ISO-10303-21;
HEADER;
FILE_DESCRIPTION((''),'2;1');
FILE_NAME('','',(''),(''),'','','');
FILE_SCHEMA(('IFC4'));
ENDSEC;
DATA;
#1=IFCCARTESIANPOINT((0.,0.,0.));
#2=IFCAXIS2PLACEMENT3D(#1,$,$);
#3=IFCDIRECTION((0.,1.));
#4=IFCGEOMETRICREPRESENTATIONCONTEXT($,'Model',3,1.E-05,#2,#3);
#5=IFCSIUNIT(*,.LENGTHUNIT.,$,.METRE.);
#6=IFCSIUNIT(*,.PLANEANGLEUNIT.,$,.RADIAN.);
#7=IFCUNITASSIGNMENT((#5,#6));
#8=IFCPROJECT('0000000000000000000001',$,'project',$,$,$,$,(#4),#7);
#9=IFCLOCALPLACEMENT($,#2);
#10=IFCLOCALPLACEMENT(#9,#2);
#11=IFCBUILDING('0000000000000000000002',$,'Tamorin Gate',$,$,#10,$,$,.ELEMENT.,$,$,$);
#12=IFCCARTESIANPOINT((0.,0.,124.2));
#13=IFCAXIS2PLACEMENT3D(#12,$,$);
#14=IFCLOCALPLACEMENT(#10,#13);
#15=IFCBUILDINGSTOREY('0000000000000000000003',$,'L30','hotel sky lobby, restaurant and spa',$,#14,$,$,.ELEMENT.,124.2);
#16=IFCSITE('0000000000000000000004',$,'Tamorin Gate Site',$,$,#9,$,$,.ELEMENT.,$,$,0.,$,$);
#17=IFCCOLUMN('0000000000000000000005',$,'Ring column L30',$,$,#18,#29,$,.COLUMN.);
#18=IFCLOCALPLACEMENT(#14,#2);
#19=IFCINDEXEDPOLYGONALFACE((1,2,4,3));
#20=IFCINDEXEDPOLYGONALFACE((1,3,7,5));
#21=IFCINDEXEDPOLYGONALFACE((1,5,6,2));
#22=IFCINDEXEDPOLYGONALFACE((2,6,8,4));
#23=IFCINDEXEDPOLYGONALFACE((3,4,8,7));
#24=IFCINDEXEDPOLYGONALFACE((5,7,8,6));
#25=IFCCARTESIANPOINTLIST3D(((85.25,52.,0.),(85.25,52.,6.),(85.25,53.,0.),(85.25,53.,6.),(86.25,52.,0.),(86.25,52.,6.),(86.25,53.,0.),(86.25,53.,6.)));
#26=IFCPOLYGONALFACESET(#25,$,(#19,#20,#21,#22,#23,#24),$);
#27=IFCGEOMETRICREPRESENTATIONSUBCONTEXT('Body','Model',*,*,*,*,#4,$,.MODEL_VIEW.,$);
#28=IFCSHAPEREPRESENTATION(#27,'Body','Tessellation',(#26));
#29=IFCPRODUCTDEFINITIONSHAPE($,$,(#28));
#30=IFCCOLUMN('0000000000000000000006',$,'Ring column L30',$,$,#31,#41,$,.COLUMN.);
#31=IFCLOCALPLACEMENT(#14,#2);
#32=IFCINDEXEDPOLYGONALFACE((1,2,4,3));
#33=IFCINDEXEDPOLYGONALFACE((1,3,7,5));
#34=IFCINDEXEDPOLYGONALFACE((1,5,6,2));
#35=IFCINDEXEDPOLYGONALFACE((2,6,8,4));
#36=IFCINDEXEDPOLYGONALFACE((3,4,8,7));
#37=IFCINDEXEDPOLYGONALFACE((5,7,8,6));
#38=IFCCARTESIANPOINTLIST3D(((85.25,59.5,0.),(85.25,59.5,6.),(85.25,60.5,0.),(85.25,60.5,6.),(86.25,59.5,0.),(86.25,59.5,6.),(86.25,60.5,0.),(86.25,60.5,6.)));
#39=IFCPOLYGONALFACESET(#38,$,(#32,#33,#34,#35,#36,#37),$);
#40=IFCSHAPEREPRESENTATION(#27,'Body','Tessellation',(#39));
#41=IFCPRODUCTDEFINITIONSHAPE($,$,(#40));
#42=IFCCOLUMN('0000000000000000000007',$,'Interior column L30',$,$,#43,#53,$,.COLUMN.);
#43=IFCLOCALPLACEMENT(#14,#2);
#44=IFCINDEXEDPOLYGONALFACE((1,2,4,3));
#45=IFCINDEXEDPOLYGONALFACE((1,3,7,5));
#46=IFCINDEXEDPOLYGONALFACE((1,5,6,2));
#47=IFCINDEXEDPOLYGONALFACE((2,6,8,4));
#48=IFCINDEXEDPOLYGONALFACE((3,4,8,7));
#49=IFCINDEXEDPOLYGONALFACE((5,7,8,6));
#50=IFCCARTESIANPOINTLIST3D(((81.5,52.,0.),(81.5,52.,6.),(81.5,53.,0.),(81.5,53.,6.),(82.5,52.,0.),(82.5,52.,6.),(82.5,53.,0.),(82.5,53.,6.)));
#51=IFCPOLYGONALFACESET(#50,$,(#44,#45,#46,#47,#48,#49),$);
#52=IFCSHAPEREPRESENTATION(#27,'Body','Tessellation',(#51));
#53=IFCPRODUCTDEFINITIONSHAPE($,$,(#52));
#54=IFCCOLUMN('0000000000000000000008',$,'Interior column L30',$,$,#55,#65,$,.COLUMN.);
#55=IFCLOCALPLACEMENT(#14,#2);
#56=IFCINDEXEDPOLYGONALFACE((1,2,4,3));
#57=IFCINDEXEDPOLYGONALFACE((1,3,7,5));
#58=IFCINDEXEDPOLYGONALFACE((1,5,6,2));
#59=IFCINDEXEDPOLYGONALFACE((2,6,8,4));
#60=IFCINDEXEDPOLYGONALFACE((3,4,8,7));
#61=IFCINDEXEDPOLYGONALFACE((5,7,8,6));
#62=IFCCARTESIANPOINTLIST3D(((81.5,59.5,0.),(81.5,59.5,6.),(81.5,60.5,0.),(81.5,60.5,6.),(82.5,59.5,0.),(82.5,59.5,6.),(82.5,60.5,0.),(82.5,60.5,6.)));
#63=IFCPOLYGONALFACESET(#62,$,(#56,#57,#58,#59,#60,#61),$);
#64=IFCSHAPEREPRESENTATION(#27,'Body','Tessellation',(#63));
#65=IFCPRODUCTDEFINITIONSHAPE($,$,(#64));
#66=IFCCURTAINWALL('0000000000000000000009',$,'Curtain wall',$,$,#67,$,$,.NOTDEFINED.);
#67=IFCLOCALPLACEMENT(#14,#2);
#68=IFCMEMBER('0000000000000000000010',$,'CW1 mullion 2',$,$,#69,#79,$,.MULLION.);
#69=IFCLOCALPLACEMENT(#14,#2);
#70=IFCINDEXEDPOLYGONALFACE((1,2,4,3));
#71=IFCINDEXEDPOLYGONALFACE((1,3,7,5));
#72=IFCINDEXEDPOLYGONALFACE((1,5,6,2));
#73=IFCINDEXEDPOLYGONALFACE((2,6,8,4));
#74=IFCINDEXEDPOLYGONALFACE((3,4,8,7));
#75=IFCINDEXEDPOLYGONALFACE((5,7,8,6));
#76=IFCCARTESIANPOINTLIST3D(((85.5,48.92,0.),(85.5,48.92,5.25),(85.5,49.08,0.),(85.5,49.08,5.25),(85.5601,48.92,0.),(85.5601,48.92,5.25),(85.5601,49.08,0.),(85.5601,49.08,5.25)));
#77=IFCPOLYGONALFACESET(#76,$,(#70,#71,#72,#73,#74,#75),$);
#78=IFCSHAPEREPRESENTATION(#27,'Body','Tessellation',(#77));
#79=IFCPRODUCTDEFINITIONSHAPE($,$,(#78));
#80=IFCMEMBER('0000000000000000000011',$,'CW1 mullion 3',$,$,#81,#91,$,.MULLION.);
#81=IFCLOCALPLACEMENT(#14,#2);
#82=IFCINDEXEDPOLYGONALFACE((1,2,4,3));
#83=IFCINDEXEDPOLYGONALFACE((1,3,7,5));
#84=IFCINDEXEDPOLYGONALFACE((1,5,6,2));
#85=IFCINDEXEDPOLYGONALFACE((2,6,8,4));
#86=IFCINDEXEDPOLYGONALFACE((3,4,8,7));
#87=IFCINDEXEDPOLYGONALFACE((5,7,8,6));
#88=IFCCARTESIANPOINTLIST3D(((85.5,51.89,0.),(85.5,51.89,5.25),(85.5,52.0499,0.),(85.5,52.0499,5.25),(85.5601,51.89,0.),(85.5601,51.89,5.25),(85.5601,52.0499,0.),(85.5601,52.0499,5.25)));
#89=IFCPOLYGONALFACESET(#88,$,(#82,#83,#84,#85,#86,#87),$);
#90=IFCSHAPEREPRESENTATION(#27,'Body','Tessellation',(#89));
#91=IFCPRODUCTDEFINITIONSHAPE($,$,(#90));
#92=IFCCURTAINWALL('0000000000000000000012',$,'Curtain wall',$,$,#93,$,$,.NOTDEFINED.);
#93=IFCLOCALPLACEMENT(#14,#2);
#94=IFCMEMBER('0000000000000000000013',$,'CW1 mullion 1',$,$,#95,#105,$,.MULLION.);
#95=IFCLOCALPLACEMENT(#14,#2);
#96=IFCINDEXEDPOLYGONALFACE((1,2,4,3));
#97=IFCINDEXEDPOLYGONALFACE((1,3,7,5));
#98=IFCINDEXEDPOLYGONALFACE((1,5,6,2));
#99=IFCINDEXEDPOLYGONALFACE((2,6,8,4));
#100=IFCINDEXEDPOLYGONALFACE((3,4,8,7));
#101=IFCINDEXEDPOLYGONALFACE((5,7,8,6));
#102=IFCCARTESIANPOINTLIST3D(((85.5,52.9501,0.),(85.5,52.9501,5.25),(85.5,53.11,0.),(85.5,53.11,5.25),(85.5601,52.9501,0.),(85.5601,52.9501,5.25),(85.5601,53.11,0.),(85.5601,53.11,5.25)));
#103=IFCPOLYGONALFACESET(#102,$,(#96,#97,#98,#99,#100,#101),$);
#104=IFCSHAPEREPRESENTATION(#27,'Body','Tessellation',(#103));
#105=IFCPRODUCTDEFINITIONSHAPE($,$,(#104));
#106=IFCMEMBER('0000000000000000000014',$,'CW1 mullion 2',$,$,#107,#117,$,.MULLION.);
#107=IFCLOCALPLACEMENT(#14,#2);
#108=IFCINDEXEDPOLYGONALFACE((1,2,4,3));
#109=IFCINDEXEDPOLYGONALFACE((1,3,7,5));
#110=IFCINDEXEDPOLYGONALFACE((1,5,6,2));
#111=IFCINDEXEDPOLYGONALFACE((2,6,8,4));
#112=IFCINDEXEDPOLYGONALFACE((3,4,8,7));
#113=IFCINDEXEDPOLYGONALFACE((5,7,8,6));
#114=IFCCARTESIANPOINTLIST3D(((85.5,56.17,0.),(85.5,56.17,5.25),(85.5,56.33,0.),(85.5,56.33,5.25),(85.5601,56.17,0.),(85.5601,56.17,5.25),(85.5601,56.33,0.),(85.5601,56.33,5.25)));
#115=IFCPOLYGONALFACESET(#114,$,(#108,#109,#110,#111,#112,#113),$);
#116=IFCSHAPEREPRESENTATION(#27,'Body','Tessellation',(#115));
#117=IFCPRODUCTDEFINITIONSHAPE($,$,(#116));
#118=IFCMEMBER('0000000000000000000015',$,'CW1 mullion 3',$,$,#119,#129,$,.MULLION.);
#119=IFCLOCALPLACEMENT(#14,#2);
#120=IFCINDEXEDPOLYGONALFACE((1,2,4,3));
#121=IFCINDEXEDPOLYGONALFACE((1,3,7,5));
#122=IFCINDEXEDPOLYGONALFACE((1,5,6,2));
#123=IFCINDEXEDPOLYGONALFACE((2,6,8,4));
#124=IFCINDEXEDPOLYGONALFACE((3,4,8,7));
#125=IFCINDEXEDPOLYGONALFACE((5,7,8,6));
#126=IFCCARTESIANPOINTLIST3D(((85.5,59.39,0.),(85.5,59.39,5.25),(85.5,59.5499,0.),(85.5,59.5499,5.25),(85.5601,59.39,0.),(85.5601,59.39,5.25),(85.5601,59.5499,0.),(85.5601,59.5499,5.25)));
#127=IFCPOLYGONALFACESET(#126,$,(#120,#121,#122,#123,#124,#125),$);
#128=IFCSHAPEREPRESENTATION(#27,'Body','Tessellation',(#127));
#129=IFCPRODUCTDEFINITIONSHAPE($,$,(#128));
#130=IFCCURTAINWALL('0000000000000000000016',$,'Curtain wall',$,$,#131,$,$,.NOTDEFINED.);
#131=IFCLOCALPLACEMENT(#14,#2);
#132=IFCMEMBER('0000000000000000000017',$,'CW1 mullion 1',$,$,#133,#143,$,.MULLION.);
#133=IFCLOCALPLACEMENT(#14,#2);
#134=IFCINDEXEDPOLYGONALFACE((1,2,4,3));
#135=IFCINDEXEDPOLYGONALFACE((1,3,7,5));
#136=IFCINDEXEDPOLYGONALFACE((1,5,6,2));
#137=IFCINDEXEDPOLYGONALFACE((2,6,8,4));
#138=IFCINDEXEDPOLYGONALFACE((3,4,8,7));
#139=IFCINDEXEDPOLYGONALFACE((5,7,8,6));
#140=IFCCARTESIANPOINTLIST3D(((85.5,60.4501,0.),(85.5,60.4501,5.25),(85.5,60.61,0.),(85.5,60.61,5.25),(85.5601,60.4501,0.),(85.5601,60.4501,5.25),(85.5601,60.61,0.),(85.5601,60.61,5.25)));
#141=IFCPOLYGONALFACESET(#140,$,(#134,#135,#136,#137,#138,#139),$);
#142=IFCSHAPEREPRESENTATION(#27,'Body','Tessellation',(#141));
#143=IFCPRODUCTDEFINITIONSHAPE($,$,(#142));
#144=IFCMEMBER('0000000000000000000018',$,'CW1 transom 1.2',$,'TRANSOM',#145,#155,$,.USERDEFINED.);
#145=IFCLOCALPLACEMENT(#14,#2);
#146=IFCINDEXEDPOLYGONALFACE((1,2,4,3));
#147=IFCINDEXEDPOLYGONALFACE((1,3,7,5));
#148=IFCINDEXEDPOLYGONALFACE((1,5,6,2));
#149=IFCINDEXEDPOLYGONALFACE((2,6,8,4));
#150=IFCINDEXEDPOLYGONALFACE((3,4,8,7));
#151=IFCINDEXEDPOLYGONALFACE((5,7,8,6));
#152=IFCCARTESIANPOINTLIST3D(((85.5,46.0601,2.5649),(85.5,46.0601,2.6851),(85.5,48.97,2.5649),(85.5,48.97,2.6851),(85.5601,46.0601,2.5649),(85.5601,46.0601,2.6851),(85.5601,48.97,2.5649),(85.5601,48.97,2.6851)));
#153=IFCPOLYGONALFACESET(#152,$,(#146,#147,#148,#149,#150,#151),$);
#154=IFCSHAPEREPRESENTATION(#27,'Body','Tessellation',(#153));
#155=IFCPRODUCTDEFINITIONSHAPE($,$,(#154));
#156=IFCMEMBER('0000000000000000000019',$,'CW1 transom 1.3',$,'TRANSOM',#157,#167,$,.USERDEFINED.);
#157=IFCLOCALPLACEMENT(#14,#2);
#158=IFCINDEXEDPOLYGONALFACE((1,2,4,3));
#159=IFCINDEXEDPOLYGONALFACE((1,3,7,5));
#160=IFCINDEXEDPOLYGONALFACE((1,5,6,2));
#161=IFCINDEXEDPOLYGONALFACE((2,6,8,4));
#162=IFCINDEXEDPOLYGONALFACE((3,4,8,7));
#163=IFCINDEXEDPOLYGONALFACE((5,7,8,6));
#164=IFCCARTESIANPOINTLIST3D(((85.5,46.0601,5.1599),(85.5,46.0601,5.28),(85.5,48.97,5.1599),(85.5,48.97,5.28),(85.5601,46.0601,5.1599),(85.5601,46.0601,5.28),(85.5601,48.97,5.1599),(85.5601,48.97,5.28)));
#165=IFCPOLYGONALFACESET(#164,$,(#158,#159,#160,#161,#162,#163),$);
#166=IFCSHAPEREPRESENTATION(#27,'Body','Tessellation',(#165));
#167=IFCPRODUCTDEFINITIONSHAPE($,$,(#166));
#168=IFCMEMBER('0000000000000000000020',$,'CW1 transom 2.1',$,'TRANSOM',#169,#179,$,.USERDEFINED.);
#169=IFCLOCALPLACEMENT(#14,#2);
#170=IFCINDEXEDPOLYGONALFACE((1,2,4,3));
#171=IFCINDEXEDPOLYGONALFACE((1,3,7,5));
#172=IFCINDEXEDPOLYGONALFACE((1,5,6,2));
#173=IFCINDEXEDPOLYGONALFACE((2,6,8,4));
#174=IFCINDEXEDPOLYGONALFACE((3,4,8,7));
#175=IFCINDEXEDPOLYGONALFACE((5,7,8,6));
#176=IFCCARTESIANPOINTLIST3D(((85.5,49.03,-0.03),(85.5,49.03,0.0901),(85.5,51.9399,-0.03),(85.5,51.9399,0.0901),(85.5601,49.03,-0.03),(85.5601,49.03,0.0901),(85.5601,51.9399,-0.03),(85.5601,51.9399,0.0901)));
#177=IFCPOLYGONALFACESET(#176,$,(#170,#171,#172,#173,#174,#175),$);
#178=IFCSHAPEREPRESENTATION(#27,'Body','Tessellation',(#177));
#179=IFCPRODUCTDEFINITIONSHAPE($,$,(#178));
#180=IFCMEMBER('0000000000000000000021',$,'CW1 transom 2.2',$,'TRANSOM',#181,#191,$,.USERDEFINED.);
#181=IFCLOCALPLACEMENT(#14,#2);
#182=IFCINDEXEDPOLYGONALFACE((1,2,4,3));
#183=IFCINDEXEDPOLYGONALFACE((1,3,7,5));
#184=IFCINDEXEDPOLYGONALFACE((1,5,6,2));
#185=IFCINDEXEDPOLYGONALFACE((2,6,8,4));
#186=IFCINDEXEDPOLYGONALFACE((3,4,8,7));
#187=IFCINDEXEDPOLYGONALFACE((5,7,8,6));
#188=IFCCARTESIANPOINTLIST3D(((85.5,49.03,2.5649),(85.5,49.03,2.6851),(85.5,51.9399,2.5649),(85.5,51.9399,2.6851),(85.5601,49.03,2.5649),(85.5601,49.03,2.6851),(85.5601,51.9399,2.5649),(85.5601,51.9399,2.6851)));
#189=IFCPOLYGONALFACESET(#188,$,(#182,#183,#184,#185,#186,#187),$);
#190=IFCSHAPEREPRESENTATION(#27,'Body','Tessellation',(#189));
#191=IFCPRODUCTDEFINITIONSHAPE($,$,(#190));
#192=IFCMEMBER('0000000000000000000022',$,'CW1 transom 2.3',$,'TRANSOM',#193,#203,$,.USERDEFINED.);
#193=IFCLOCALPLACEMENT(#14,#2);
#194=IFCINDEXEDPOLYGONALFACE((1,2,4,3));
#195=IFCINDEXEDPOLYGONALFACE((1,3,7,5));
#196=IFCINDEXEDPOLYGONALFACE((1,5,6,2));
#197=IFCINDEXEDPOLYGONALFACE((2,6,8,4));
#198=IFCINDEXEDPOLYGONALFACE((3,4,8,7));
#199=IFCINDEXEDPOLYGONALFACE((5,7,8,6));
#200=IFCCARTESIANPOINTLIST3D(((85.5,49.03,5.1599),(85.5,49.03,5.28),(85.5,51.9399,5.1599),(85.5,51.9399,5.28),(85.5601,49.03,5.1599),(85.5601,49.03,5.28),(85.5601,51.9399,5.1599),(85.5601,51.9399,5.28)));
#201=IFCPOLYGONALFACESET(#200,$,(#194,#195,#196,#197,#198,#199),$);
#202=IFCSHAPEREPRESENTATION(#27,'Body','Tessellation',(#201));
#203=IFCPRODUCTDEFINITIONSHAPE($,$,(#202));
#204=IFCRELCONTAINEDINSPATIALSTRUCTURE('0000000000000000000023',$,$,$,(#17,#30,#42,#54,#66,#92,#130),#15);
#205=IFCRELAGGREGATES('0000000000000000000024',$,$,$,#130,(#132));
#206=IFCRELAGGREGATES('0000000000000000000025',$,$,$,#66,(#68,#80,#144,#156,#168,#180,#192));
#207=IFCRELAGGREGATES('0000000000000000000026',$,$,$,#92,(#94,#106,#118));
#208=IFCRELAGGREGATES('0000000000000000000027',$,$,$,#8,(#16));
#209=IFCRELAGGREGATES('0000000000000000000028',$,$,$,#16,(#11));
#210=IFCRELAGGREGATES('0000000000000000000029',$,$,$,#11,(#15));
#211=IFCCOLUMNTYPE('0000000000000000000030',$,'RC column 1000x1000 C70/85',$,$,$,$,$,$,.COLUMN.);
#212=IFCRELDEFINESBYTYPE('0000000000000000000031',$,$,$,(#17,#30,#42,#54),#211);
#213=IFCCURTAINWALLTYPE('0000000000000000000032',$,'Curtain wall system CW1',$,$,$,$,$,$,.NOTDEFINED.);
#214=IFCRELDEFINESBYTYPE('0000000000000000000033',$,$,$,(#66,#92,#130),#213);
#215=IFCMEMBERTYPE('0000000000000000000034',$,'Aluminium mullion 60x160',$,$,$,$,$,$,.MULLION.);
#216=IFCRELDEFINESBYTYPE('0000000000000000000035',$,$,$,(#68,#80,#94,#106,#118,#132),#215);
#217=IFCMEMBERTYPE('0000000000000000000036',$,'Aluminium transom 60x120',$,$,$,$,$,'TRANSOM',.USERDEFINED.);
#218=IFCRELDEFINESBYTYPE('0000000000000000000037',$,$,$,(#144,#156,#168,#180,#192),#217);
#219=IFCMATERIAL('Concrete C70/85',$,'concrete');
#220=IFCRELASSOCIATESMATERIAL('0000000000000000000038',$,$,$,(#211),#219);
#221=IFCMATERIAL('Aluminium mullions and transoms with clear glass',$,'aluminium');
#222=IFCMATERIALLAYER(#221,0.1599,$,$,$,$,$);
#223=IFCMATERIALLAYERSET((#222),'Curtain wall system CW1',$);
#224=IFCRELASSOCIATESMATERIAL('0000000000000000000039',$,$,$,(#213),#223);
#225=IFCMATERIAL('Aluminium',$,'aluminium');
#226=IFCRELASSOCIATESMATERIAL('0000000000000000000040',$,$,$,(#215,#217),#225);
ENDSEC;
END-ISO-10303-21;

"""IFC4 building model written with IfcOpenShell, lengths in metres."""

from ifc_helpers import new_model, si_unit, direction, frame, origin, origin_2d, place, context, subcontext, project, spatial, rectangle, extrude, material, layer, layer_set, material_profile, profile_set, type_object, element, aggregate, save


model = new_model("IFC4")

# Units and contexts
model_context = context("Model", 3, precision=1e-05, world=origin(), true_north=direction((0.0, 1.0)))
body_context = subcontext(model_context, "Body", "Model", "MODEL_VIEW")
ifc_project = project(units=[si_unit("LENGTHUNIT", "METRE"), si_unit("PLANEANGLEUNIT", "RADIAN")], contexts=[model_context])

# Site, building, storey
site_placement = place(None, origin())
site = spatial("IfcSite", under=ifc_project, at=site_placement, Name="Tamorin Gate Site", CompositionType="ELEMENT", RefElevation=0.0)
building_placement = place(site_placement, origin())
building = spatial("IfcBuilding", under=site, at=building_placement, Name="Tamorin Gate", CompositionType="ELEMENT")
storey_placement = place(building_placement, frame((0.0, 0.0, 124.2)))
storey = spatial("IfcBuildingStorey", under=building, at=storey_placement, Name="L30", Description="hotel sky lobby, restaurant and spa", CompositionType="ELEMENT", Elevation=124.2)

# Columns
ifc_material_1 = material(Name="Concrete C70/85", Category="concrete")
ifc_material_profile_1 = material_profile(ifc_material_1, rectangle(XDim=1.0, YDim=1.0, at=origin_2d()), Name="RC 1000x1000")
ifc_profile_set_1 = profile_set([ifc_material_profile_1], Name="Concrete C70/85")
column_type = type_object("IfcColumnType", Name="RC column 1000x1000 C70/85", PredefinedType="COLUMN", material=ifc_profile_set_1)
for number, where, z_axis, x_axis, name in (
    (1, (85.75, 52.5, 0.0), (0.0, 0.0, 1.0), (1.0, 0.0, 0.0), "Ring column L30"),
    (2, (85.75, 60.0, 0.0), (0.0, 0.0, 1.0), (1.0, 0.0, 0.0), "Ring column L30"),
    (3, (82.0, 52.5, 0.0), (0.0, 0.0, 1.0), (1.0, 0.0, 0.0), "Interior column L30"),
    (4, (82.0, 60.0, 0.0), (0.0, 0.0, 1.0), (1.0, 0.0, 0.0), "Interior column L30"),
):
    element("IfcColumn", number, at=place(storey_placement, frame(where, z_axis=z_axis, x_axis=x_axis)), inside=storey, type_object=column_type, Name=name, PredefinedType="COLUMN", context=body_context, shape_type="SweptSolid", body=[
        extrude(rectangle(XDim=1.0, YDim=1.0, at=origin_2d()), origin(), (0.0, 0.0, 1.0), 6.0),
    ])

# Curtain walls, members
ifc_material_2 = material(Name="Aluminium mullions and transoms with clear glass", Category="aluminium")
ifc_layer_1 = layer(ifc_material_2, 0.1599)
ifc_layer_set_1 = layer_set([ifc_layer_1], Name="Curtain wall system CW1")
curtain_wall_type = type_object("IfcCurtainWallType", Name="Curtain wall system CW1", PredefinedType="NOTDEFINED", material=ifc_layer_set_1)
curtain_wall_1_placement = place(storey_placement, origin())
curtain_wall_1 = element("IfcCurtainWall", 5, at=curtain_wall_1_placement, inside=storey, type_object=curtain_wall_type, Name="Curtain wall", PredefinedType="NOTDEFINED")
ifc_material_3 = material(Name="Aluminium", Category="aluminium")
ifc_material_profile_2 = material_profile(ifc_material_3, rectangle(XDim=0.0601, YDim=0.1599, at=origin_2d()), Name="RECT 60x160")
ifc_profile_set_2 = profile_set([ifc_material_profile_2], Name="Aluminium")
member_type_1 = type_object("IfcMemberType", Name="Aluminium mullion 60x160", PredefinedType="MULLION", material=ifc_profile_set_2)
member_1_placement = place(storey_placement, frame((85.53, 49.0, 0.0), z_axis=(0.0, 0.0, 1.0), x_axis=(-1.0, 0.0, 0.0)))
member_1 = element("IfcMember", 6, at=member_1_placement, type_object=member_type_1, Name="CW1 mullion 2", PredefinedType="MULLION", context=body_context, shape_type="SweptSolid", body=[
    extrude(rectangle(XDim=0.0601, YDim=0.1599, at=origin_2d()), origin(), (0.0, 0.0, 1.0), 5.25),
])
member_2_placement = place(storey_placement, frame((85.53, 51.97, 0.0), z_axis=(0.0, 0.0, 1.0), x_axis=(-1.0, 0.0, 0.0)))
member_2 = element("IfcMember", 7, at=member_2_placement, type_object=member_type_1, Name="CW1 mullion 3", PredefinedType="MULLION", context=body_context, shape_type="SweptSolid", body=[
    extrude(rectangle(XDim=0.0601, YDim=0.1599, at=origin_2d()), origin(), (0.0, 0.0, 1.0), 5.25),
])
curtain_wall_2_placement = place(storey_placement, origin())
curtain_wall_2 = element("IfcCurtainWall", 8, at=curtain_wall_2_placement, inside=storey, type_object=curtain_wall_type, Name="Curtain wall", PredefinedType="NOTDEFINED")
member_3_placement = place(storey_placement, frame((85.53, 53.03, 0.0), z_axis=(0.0, 0.0, 1.0), x_axis=(-1.0, 0.0, 0.0)))
member_3 = element("IfcMember", 9, at=member_3_placement, type_object=member_type_1, Name="CW1 mullion 1", PredefinedType="MULLION", context=body_context, shape_type="SweptSolid", body=[
    extrude(rectangle(XDim=0.0601, YDim=0.1599, at=origin_2d()), origin(), (0.0, 0.0, 1.0), 5.25),
])
member_4_placement = place(storey_placement, frame((85.53, 56.25, 0.0), z_axis=(0.0, 0.0, 1.0), x_axis=(-1.0, 0.0, 0.0)))
member_4 = element("IfcMember", 10, at=member_4_placement, type_object=member_type_1, Name="CW1 mullion 2", PredefinedType="MULLION", context=body_context, shape_type="SweptSolid", body=[
    extrude(rectangle(XDim=0.0601, YDim=0.1599, at=origin_2d()), origin(), (0.0, 0.0, 1.0), 5.25),
])
member_5_placement = place(storey_placement, frame((85.53, 59.47, 0.0), z_axis=(0.0, 0.0, 1.0), x_axis=(-1.0, 0.0, 0.0)))
member_5 = element("IfcMember", 11, at=member_5_placement, type_object=member_type_1, Name="CW1 mullion 3", PredefinedType="MULLION", context=body_context, shape_type="SweptSolid", body=[
    extrude(rectangle(XDim=0.0601, YDim=0.1599, at=origin_2d()), origin(), (0.0, 0.0, 1.0), 5.25),
])

# Curtain wall, member
curtain_wall_3_placement = place(storey_placement, origin())
curtain_wall_3 = element("IfcCurtainWall", 12, at=curtain_wall_3_placement, inside=storey, type_object=curtain_wall_type, Name="Curtain wall", PredefinedType="NOTDEFINED")
member_6_placement = place(storey_placement, frame((85.53, 60.53, 0.0), z_axis=(0.0, 0.0, 1.0), x_axis=(-1.0, 0.0, 0.0)))
member_6 = element("IfcMember", 13, at=member_6_placement, type_object=member_type_1, Name="CW1 mullion 1", PredefinedType="MULLION", context=body_context, shape_type="SweptSolid", body=[
    extrude(rectangle(XDim=0.0601, YDim=0.1599, at=origin_2d()), origin(), (0.0, 0.0, 1.0), 5.25),
])

# Members
ifc_material_profile_3 = material_profile(ifc_material_3, rectangle(XDim=0.0601, YDim=0.1201, at=origin_2d()), Name="RECT 60x120")
ifc_profile_set_3 = profile_set([ifc_material_profile_3], Name="Aluminium")
member_type_2 = type_object("IfcMemberType", Name="Aluminium transom 60x120", ElementType="TRANSOM", PredefinedType="USERDEFINED", material=ifc_profile_set_3)
member_7_placement = place(storey_placement, frame((85.53, 46.0601, 2.625), z_axis=(0.0, 1.0, 0.0), x_axis=(-1.0, 0.0, 0.0)))
member_7 = element("IfcMember", 14, at=member_7_placement, type_object=member_type_2, Name="CW1 transom 1.2", ObjectType="TRANSOM", PredefinedType="USERDEFINED", context=body_context, shape_type="SweptSolid", body=[
    extrude(rectangle(XDim=0.0601, YDim=0.1201, at=origin_2d()), origin(), (0.0, 0.0, 1.0), 2.9099),
])
member_8_placement = place(storey_placement, frame((85.53, 46.0601, 5.22), z_axis=(0.0, 1.0, 0.0), x_axis=(-1.0, 0.0, 0.0)))
member_8 = element("IfcMember", 15, at=member_8_placement, type_object=member_type_2, Name="CW1 transom 1.3", ObjectType="TRANSOM", PredefinedType="USERDEFINED", context=body_context, shape_type="SweptSolid", body=[
    extrude(rectangle(XDim=0.0601, YDim=0.1201, at=origin_2d()), origin(), (0.0, 0.0, 1.0), 2.9099),
])
member_9_placement = place(storey_placement, frame((85.53, 49.03, 0.03), z_axis=(0.0, 1.0, 0.0), x_axis=(-1.0, 0.0, 0.0)))
member_9 = element("IfcMember", 16, at=member_9_placement, type_object=member_type_2, Name="CW1 transom 2.1", ObjectType="TRANSOM", PredefinedType="USERDEFINED", context=body_context, shape_type="SweptSolid", body=[
    extrude(rectangle(XDim=0.0601, YDim=0.1201, at=origin_2d()), origin(), (0.0, 0.0, 1.0), 2.9099),
])
member_10_placement = place(storey_placement, frame((85.53, 49.03, 2.625), z_axis=(0.0, 1.0, 0.0), x_axis=(-1.0, 0.0, 0.0)))
member_10 = element("IfcMember", 17, at=member_10_placement, type_object=member_type_2, Name="CW1 transom 2.2", ObjectType="TRANSOM", PredefinedType="USERDEFINED", context=body_context, shape_type="SweptSolid", body=[
    extrude(rectangle(XDim=0.0601, YDim=0.1201, at=origin_2d()), origin(), (0.0, 0.0, 1.0), 2.9099),
])
member_11_placement = place(storey_placement, frame((85.53, 49.03, 5.22), z_axis=(0.0, 1.0, 0.0), x_axis=(-1.0, 0.0, 0.0)))
member_11 = element("IfcMember", 18, at=member_11_placement, type_object=member_type_2, Name="CW1 transom 2.3", ObjectType="TRANSOM", PredefinedType="USERDEFINED", context=body_context, shape_type="SweptSolid", body=[
    extrude(rectangle(XDim=0.0601, YDim=0.1201, at=origin_2d()), origin(), (0.0, 0.0, 1.0), 2.9099),
])
aggregate(curtain_wall_3, [member_6])

aggregate(curtain_wall_1, [member_1, member_2, member_7, member_8, member_9, member_10, member_11])
aggregate(curtain_wall_2, [member_3, member_4, member_5])

save(model, "model.ifc")
